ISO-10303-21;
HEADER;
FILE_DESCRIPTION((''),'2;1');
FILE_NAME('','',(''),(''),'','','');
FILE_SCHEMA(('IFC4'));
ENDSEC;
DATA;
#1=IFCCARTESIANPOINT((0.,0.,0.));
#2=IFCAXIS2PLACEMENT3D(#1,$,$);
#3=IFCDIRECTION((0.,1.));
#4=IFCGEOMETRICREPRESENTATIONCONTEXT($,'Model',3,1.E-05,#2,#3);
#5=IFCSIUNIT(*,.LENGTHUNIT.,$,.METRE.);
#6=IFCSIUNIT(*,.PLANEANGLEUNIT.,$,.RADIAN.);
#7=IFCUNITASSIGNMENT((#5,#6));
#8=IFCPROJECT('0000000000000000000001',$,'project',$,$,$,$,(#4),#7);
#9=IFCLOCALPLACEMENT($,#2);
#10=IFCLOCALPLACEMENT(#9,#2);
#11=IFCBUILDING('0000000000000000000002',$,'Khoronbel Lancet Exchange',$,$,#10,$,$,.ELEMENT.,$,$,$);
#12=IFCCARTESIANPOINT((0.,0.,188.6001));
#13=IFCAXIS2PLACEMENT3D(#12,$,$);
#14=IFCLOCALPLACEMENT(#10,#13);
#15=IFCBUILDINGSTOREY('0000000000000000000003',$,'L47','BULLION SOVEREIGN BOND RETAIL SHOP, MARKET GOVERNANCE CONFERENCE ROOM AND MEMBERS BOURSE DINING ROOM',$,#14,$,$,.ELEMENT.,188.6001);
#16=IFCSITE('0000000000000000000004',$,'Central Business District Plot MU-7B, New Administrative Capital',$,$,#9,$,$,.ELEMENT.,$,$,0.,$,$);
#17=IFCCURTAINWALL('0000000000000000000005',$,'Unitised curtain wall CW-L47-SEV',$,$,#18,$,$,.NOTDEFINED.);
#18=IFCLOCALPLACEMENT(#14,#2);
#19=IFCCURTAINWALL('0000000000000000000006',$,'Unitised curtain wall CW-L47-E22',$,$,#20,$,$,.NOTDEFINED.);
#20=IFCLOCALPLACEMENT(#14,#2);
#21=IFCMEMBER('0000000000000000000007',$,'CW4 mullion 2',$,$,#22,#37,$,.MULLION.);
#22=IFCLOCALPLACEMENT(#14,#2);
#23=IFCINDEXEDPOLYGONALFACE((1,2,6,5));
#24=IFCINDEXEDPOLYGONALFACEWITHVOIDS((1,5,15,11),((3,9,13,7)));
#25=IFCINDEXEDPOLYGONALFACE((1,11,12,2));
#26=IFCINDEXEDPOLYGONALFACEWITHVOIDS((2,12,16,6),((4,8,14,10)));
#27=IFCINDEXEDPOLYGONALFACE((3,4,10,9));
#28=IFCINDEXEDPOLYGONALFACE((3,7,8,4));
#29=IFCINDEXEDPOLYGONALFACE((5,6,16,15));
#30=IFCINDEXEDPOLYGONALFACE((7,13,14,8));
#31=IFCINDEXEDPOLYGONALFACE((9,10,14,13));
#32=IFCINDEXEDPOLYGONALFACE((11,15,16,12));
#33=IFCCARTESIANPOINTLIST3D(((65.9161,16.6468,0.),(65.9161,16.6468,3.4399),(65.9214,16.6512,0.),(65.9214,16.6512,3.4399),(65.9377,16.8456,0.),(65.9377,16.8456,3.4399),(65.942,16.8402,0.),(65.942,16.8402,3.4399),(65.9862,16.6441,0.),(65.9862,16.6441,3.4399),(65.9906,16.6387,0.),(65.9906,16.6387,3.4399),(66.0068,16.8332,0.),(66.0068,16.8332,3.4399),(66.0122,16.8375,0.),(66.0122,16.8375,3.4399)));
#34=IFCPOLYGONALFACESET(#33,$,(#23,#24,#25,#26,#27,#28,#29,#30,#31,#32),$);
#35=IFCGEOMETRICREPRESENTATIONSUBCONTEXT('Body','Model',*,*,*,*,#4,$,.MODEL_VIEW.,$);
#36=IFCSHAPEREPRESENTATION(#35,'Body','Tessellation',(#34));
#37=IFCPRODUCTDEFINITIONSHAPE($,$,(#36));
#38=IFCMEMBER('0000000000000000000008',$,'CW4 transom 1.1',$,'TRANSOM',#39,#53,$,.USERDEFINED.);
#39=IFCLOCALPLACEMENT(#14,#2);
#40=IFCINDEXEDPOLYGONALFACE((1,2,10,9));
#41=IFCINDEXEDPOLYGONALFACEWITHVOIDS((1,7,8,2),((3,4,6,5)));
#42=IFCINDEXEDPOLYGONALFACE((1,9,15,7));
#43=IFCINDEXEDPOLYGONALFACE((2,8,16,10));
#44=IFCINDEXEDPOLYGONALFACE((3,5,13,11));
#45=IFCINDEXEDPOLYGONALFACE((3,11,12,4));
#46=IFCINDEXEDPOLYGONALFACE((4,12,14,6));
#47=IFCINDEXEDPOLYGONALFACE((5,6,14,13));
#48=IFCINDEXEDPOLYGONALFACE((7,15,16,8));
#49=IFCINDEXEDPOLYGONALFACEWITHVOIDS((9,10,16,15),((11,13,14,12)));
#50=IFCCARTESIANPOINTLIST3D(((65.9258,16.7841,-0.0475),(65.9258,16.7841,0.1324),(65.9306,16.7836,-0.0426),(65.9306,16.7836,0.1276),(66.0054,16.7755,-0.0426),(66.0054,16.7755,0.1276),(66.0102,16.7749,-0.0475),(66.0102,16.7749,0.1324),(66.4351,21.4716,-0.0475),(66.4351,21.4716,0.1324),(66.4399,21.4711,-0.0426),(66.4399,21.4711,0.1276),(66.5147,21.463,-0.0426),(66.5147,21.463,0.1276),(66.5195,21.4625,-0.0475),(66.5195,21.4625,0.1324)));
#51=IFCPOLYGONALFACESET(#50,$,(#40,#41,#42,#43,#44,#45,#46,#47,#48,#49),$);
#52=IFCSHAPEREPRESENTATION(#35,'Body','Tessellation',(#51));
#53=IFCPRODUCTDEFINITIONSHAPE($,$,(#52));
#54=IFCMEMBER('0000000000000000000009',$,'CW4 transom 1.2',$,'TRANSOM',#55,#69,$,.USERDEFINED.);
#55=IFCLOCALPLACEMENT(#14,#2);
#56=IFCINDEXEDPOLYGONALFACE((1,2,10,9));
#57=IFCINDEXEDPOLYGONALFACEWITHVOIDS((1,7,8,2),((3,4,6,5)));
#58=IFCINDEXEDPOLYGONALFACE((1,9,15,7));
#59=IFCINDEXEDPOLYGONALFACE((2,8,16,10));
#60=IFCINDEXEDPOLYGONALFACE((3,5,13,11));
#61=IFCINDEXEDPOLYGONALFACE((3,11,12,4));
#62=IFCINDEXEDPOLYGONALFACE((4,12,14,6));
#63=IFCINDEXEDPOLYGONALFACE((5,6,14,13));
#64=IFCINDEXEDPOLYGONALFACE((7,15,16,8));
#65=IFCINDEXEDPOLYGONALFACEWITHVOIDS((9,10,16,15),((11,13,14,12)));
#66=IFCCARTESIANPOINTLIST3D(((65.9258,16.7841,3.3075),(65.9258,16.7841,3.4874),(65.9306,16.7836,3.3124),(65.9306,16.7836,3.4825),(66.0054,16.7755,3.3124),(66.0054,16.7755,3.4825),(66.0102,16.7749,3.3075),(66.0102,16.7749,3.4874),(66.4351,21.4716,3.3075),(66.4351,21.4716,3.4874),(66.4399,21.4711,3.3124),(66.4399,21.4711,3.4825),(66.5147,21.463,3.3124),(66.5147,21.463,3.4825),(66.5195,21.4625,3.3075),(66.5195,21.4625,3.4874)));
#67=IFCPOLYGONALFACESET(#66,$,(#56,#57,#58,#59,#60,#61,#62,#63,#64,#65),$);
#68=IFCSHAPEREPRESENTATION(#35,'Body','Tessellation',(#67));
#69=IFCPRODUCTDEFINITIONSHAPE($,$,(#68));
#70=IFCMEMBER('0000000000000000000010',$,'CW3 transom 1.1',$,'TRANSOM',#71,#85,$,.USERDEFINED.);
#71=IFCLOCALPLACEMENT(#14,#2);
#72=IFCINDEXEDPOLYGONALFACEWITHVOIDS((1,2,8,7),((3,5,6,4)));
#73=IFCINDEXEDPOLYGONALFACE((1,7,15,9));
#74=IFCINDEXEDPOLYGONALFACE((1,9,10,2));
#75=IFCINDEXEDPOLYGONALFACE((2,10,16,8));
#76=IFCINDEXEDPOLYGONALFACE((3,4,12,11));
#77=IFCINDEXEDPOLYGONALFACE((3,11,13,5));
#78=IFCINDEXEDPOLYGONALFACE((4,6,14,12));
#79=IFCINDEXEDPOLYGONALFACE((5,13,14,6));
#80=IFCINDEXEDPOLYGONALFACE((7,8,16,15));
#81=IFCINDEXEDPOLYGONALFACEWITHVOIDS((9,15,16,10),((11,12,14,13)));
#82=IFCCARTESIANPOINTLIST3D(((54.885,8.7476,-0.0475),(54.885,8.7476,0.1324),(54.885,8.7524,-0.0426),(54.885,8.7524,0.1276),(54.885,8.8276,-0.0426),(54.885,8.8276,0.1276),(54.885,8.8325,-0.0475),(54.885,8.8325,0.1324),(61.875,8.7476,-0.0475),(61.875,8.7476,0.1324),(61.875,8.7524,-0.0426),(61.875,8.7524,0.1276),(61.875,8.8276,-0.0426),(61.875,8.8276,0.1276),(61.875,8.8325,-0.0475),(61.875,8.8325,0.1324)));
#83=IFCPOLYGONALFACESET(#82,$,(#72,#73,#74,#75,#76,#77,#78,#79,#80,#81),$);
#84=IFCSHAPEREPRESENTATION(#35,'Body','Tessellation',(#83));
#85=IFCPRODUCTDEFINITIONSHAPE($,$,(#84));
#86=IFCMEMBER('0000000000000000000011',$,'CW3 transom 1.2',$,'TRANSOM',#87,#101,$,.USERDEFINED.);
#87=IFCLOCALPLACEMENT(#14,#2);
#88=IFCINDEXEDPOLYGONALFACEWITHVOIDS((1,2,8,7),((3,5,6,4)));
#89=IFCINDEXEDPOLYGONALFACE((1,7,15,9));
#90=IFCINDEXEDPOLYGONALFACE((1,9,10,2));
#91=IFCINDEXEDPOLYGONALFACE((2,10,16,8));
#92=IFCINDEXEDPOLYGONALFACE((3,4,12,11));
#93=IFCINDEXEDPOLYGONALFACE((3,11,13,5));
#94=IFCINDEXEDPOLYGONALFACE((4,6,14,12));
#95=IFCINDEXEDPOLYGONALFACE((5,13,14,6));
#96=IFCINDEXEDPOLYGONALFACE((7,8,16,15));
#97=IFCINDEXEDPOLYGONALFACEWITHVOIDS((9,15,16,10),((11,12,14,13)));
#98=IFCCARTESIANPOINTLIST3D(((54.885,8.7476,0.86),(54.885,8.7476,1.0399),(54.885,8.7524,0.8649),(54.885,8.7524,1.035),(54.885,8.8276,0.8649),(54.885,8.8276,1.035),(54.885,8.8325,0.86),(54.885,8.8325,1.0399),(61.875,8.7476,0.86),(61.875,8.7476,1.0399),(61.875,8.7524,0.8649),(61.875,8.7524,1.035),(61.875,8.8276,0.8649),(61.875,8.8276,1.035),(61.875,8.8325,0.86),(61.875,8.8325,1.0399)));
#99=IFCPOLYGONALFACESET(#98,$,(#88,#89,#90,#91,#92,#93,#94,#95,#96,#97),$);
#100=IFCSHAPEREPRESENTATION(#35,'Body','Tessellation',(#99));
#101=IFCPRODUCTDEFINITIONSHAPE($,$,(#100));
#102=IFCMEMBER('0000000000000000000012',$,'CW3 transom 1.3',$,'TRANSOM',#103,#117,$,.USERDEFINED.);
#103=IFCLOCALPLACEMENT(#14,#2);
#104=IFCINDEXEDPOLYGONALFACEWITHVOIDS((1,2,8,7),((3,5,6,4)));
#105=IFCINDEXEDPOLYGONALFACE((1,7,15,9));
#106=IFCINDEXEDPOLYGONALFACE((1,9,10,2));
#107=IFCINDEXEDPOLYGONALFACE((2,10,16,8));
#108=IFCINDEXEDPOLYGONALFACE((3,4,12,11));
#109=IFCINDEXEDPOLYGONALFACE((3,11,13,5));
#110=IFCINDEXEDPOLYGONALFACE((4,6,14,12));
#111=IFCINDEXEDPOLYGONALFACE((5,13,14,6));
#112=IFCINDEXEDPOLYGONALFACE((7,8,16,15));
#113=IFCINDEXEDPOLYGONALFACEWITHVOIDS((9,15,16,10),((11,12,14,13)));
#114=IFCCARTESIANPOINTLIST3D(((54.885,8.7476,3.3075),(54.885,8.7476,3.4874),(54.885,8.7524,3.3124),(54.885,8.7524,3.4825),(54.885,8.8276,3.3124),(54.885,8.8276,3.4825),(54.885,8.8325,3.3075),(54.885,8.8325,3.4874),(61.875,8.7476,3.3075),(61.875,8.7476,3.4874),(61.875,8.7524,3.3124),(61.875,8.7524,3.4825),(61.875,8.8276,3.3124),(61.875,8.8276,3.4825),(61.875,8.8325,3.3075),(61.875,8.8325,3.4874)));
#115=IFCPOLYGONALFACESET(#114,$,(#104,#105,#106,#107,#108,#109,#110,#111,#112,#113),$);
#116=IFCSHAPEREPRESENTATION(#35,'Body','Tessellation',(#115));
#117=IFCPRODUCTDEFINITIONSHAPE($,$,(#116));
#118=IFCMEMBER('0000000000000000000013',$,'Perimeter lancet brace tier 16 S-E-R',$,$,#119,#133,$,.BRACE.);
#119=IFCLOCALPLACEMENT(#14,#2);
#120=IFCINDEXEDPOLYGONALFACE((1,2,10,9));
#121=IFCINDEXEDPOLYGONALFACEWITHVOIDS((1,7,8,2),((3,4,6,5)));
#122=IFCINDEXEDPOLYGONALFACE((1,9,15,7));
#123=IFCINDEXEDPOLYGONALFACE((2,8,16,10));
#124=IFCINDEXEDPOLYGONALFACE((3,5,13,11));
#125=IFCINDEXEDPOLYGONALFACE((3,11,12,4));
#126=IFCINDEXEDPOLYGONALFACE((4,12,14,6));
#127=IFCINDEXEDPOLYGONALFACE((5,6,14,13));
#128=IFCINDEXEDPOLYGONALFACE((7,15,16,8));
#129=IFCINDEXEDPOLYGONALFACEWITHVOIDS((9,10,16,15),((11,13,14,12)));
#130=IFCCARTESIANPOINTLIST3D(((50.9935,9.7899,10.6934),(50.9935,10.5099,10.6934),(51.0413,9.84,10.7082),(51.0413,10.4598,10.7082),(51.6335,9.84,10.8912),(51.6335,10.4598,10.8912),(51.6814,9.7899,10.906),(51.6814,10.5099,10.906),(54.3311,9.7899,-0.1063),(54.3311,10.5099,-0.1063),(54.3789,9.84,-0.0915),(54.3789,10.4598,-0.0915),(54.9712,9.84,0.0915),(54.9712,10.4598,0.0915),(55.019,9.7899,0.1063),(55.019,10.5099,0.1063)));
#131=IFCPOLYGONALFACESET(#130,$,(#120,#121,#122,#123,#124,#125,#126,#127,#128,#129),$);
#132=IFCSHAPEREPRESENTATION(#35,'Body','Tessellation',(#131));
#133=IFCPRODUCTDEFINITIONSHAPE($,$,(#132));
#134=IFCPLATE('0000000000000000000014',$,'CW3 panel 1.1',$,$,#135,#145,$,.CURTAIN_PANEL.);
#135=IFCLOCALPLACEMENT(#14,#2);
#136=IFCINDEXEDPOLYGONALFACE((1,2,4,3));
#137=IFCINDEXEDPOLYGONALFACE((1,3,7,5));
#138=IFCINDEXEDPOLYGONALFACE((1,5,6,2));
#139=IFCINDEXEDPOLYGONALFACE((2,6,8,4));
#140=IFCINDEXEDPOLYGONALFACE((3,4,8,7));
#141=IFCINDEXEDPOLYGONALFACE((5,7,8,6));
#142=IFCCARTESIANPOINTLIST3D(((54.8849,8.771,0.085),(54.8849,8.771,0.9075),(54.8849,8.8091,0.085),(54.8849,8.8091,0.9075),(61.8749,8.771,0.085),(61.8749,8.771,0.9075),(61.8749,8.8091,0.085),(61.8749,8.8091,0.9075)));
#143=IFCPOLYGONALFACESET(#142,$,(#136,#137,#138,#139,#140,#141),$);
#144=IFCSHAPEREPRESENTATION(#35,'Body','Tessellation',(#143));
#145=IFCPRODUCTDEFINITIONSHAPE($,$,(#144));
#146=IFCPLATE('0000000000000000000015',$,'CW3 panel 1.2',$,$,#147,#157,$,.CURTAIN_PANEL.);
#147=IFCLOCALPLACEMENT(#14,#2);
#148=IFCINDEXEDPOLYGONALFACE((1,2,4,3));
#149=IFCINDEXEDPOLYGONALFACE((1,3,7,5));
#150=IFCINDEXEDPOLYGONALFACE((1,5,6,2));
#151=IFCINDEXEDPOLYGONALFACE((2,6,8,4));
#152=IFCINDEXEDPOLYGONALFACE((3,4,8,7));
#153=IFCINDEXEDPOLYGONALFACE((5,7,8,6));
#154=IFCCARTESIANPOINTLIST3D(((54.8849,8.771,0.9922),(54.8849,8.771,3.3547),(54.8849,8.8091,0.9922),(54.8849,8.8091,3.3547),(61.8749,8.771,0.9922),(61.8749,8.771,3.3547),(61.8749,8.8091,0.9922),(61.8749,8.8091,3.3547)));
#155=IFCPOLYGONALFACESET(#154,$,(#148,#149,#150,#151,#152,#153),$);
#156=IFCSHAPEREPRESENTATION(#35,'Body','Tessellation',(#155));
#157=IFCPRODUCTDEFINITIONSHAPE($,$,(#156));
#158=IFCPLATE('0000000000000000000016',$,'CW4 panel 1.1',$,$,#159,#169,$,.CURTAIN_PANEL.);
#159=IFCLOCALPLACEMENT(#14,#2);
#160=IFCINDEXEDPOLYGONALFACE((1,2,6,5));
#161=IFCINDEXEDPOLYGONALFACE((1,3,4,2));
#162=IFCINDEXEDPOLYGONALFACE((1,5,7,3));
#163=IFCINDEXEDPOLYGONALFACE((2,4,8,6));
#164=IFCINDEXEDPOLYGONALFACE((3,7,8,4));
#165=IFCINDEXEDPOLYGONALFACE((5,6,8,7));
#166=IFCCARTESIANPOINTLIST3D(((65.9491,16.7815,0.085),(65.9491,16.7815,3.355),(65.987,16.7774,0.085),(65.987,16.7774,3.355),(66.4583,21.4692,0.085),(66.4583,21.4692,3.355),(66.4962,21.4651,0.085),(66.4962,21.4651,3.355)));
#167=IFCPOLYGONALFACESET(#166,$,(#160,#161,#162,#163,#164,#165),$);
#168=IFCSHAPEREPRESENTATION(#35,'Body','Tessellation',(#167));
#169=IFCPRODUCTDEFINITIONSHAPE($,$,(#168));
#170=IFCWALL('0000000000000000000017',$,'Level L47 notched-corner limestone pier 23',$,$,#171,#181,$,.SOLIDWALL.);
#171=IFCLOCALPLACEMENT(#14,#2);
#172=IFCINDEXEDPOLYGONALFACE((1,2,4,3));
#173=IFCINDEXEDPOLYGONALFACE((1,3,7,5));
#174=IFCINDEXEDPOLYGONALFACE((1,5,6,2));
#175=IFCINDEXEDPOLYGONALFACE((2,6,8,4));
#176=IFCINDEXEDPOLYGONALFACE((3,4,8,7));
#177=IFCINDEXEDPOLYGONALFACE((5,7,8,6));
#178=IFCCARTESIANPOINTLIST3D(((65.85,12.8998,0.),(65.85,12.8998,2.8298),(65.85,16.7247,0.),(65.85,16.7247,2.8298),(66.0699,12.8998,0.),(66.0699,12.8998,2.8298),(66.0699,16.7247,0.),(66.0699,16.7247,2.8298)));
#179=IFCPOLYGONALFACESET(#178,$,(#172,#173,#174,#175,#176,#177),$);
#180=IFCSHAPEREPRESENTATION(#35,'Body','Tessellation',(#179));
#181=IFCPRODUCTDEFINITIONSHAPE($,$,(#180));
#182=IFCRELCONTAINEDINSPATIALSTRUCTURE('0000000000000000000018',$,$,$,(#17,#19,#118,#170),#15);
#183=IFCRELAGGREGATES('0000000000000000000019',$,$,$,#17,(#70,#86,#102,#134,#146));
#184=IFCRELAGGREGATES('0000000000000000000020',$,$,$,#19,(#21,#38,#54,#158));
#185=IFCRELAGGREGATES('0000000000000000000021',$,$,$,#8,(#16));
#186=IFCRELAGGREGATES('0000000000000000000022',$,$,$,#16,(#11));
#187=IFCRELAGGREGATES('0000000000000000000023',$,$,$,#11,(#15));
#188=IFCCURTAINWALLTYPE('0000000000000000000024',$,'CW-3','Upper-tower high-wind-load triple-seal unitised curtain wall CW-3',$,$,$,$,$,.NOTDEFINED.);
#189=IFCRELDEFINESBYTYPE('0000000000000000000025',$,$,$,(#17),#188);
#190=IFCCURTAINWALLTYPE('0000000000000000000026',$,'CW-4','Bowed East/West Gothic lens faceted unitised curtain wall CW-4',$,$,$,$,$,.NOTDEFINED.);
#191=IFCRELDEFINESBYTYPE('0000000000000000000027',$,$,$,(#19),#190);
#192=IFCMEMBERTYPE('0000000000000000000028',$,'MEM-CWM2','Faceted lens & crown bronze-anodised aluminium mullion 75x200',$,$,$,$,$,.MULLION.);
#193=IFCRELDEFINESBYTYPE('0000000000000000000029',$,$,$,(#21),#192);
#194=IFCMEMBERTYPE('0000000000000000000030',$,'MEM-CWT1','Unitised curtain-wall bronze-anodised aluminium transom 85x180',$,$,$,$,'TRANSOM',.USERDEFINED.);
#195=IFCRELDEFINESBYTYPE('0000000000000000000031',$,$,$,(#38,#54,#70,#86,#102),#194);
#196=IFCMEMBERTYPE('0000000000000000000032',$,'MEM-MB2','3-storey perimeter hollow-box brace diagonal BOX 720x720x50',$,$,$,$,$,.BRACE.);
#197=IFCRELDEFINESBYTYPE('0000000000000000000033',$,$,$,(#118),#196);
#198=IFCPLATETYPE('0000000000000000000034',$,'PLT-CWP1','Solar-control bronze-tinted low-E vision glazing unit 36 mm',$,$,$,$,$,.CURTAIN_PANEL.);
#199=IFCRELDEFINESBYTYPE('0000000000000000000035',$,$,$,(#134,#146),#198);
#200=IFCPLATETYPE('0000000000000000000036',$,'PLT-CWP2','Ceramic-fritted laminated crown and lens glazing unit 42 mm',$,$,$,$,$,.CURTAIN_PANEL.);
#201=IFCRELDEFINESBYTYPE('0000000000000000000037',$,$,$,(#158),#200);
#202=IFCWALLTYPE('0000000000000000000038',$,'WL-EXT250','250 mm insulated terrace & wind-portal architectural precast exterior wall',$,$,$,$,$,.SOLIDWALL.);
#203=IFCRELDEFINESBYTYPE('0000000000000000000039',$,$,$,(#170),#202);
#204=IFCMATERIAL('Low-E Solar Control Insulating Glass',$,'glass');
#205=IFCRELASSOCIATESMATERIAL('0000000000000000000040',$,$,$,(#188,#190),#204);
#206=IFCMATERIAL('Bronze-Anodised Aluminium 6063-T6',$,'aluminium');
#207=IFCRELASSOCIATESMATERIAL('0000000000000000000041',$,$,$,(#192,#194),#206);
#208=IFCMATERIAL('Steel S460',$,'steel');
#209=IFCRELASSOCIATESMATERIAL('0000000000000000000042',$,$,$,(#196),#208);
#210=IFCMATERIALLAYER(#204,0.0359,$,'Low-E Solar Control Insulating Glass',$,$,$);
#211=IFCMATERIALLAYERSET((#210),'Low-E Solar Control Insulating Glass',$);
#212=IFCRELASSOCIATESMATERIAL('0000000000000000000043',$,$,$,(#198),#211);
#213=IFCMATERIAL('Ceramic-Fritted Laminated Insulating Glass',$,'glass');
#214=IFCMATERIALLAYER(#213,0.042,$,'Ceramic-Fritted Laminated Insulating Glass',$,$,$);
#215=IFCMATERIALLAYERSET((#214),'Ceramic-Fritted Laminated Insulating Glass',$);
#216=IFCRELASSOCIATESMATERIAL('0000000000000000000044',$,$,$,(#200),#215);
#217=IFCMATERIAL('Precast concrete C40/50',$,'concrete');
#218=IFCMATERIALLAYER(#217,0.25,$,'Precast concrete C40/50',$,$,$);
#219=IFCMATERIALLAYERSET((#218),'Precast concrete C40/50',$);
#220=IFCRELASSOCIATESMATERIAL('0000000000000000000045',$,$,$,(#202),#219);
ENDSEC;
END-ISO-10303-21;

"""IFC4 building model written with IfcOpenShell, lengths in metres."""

from ifc_helpers import new_model, si_unit, direction, frame, frame_2d, origin, origin_2d, place, context, subcontext, project, spatial, rectangle, hollow_rectangle, extrude, material, layer, layer_set, material_profile, profile_set, type_object, element, aggregate, save


model = new_model("IFC4")

# Units and contexts
model_context = context("Model", 3, precision=1e-05, world=origin(), true_north=direction((0.0, 1.0)))
body_context = subcontext(model_context, "Body", "Model", "MODEL_VIEW")
ifc_project = project(units=[si_unit("LENGTHUNIT", "METRE"), si_unit("PLANEANGLEUNIT", "RADIAN")], contexts=[model_context])

# Site, building, storey
site_placement = place(None, origin())
site = spatial("IfcSite", under=ifc_project, at=site_placement, Name="Central Business District Plot MU-7B, New Administrative Capital", CompositionType="ELEMENT", RefElevation=0.0)
building_placement = place(site_placement, origin())
building = spatial("IfcBuilding", under=site, at=building_placement, Name="Khoronbel Lancet Exchange", CompositionType="ELEMENT")
storey_placement = place(building_placement, frame((0.0, 0.0, 188.6001)))
storey = spatial("IfcBuildingStorey", under=building, at=storey_placement, Name="L47", Description="BULLION SOVEREIGN BOND RETAIL SHOP, MARKET GOVERNANCE CONFERENCE ROOM AND MEMBERS BOURSE DINING ROOM", CompositionType="ELEMENT", Elevation=188.6001)

# Shared definitions
ifc_material_1 = material(Name="Steel S460", Category="steel")

# Shared definitions
ifc_material_2 = material(Name="Low-E Solar Control Insulating Glass", Category="glass")
curtain_wall_type_1 = type_object("IfcCurtainWallType", Name="CW-3", Description="Upper-tower high-wind-load triple-seal unitised curtain wall CW-3", PredefinedType="NOTDEFINED", material=ifc_material_2)
ifc_material_3 = material(Name="Bronze-Anodised Aluminium 6063-T6", Category="aluminium")

# Curtain wall
curtain_wall_1_placement = place(storey_placement, origin())
curtain_wall_1 = element("IfcCurtainWall", 1, at=curtain_wall_1_placement, inside=storey, type_object=curtain_wall_type_1, Name="Unitised curtain wall CW-L47-SEV", PredefinedType="NOTDEFINED")

# Shared definitions
curtain_wall_type_2 = type_object("IfcCurtainWallType", Name="CW-4", Description="Bowed East/West Gothic lens faceted unitised curtain wall CW-4", PredefinedType="NOTDEFINED", material=ifc_material_2)
ifc_material_profile_1 = material_profile(ifc_material_3, hollow_rectangle(XDim=0.075, YDim=0.2, WallThickness=0.0049, at=origin_2d()), Name="ALU MULLION 75x200")
ifc_profile_set_1 = profile_set([ifc_material_profile_1], Name="Bronze-Anodised Aluminium 6063-T6")
member_type_1 = type_object("IfcMemberType", Name="MEM-CWM2", Description="Faceted lens & crown bronze-anodised aluminium mullion 75x200", PredefinedType="MULLION", material=ifc_profile_set_1)

# Curtain wall, members
curtain_wall_2_placement = place(storey_placement, origin())
curtain_wall_2 = element("IfcCurtainWall", 2, at=curtain_wall_2_placement, inside=storey, type_object=curtain_wall_type_2, Name="Unitised curtain wall CW-L47-E22", PredefinedType="NOTDEFINED")
member_1_placement = place(storey_placement, frame((65.9641, 16.7422, 0.0), z_axis=(0.0, 0.0, 1.0), x_axis=(0.994152, -0.10799, 0.0)))
member_1 = element("IfcMember", 3, at=member_1_placement, type_object=member_type_1, Name="CW4 mullion 2", PredefinedType="MULLION", context=body_context, shape_type="SweptSolid", body=[
    extrude(hollow_rectangle(XDim=0.075, YDim=0.2, WallThickness=0.0049, at=origin_2d()), origin(), (0.0, 0.0, 1.0), 3.4399),
])
ifc_material_profile_2 = material_profile(ifc_material_3, hollow_rectangle(XDim=0.085, YDim=0.1799, WallThickness=0.0049, at=origin_2d()), Name="ALU TRANSOM 85x180")
ifc_profile_set_2 = profile_set([ifc_material_profile_2], Name="Bronze-Anodised Aluminium 6063-T6")
member_type_2 = type_object("IfcMemberType", Name="MEM-CWT1", Description="Unitised curtain-wall bronze-anodised aluminium transom 85x180", ElementType="TRANSOM", PredefinedType="USERDEFINED", material=ifc_profile_set_2)
member_2_placement = place(storey_placement, frame((66.4773, 21.467, 0.0425), z_axis=(-0.10801, -0.99415, 0.0), x_axis=(0.99415, -0.10801, 0.0)))
member_2 = element("IfcMember", 4, at=member_2_placement, type_object=member_type_2, Name="CW4 transom 1.1", ObjectType="TRANSOM", PredefinedType="USERDEFINED", context=body_context, shape_type="SweptSolid", body=[
    extrude(hollow_rectangle(XDim=0.085, YDim=0.1799, WallThickness=0.0049, at=origin_2d()), origin(), (0.0, 0.0, 1.0), 4.7151),
])
member_3_placement = place(storey_placement, frame((66.4773, 21.467, 3.3975), z_axis=(-0.10801, -0.99415, 0.0), x_axis=(0.99415, -0.10801, 0.0)))
member_3 = element("IfcMember", 5, at=member_3_placement, type_object=member_type_2, Name="CW4 transom 1.2", ObjectType="TRANSOM", PredefinedType="USERDEFINED", context=body_context, shape_type="SweptSolid", body=[
    extrude(hollow_rectangle(XDim=0.085, YDim=0.1799, WallThickness=0.0049, at=origin_2d()), origin(), (0.0, 0.0, 1.0), 4.7151),
])

# Members
member_4_placement = place(storey_placement, frame((54.885, 8.79, 0.0425), z_axis=(1.0, 0.0, 0.0), x_axis=(0.0, 1.0, 0.0)))
member_4 = element("IfcMember", 6, at=member_4_placement, type_object=member_type_2, Name="CW3 transom 1.1", ObjectType="TRANSOM", PredefinedType="USERDEFINED", context=body_context, shape_type="SweptSolid", body=[
    extrude(hollow_rectangle(XDim=0.085, YDim=0.1799, WallThickness=0.0049, at=origin_2d()), origin(), (0.0, 0.0, 1.0), 6.99),
])
member_5_placement = place(storey_placement, frame((54.885, 8.79, 0.95), z_axis=(1.0, 0.0, 0.0), x_axis=(0.0, 1.0, 0.0)))
member_5 = element("IfcMember", 7, at=member_5_placement, type_object=member_type_2, Name="CW3 transom 1.2", ObjectType="TRANSOM", PredefinedType="USERDEFINED", context=body_context, shape_type="SweptSolid", body=[
    extrude(hollow_rectangle(XDim=0.085, YDim=0.1799, WallThickness=0.0049, at=origin_2d()), origin(), (0.0, 0.0, 1.0), 6.99),
])
member_6_placement = place(storey_placement, frame((54.885, 8.79, 3.3975), z_axis=(1.0, 0.0, 0.0), x_axis=(0.0, 1.0, 0.0)))
member_6 = element("IfcMember", 8, at=member_6_placement, type_object=member_type_2, Name="CW3 transom 1.3", ObjectType="TRANSOM", PredefinedType="USERDEFINED", context=body_context, shape_type="SweptSolid", body=[
    extrude(hollow_rectangle(XDim=0.085, YDim=0.1799, WallThickness=0.0049, at=origin_2d()), origin(), (0.0, 0.0, 1.0), 6.99),
])
ifc_material_profile_3 = material_profile(ifc_material_1, hollow_rectangle(XDim=0.72, YDim=0.72, WallThickness=0.05, at=origin_2d()), Name="BOX 720x720x50")
ifc_profile_set_3 = profile_set([ifc_material_profile_3], Name="Steel S460")
member_type_3 = type_object("IfcMemberType", Name="MEM-MB2", Description="3-storey perimeter hollow-box brace diagonal BOX 720x720x50", PredefinedType="BRACE", material=ifc_profile_set_3)
member_7_placement = place(storey_placement, frame((54.675, 10.1499, 0.0), z_axis=(-0.295268, 0.0, 0.955414), x_axis=(0.0, -1.0, 0.0)))
element("IfcMember", 9, at=member_7_placement, inside=storey, type_object=member_type_3, Name="Perimeter lancet brace tier 16 S-E-R", PredefinedType="BRACE", context=body_context, shape_type="SweptSolid", body=[
    extrude(hollow_rectangle(XDim=0.72, YDim=0.72, WallThickness=0.05, at=origin_2d()), origin(), (0.0, 0.0, 1.0), 11.3037),
])

# Plates
ifc_layer_1 = layer(ifc_material_2, 0.0359, Name="Low-E Solar Control Insulating Glass")
ifc_layer_set_1 = layer_set([ifc_layer_1], Name="Low-E Solar Control Insulating Glass")
plate_type_1 = type_object("IfcPlateType", Name="PLT-CWP1", Description="Solar-control bronze-tinted low-E vision glazing unit 36 mm", PredefinedType="CURTAIN_PANEL", material=ifc_layer_set_1)
plate_1_placement = place(storey_placement, frame((58.3799, 8.79, 0.085), z_axis=(0.0, 0.0, 1.0), x_axis=(1.0, 0.0, 0.0)))
plate_1 = element("IfcPlate", 10, at=plate_1_placement, type_object=plate_type_1, Name="CW3 panel 1.1", PredefinedType="CURTAIN_PANEL", context=body_context, shape_type="SweptSolid", body=[
    extrude(rectangle(XDim=6.99, YDim=0.0381, at=origin_2d()), origin(), (0.0, 0.0, 1.0), 0.8225),
])
plate_2_placement = place(storey_placement, frame((58.3799, 8.79, 0.9922), z_axis=(0.0, 0.0, 1.0), x_axis=(1.0, 0.0, 0.0)))
plate_2 = element("IfcPlate", 11, at=plate_2_placement, type_object=plate_type_1, Name="CW3 panel 1.2", PredefinedType="CURTAIN_PANEL", context=body_context, shape_type="SweptSolid", body=[
    extrude(rectangle(XDim=6.99, YDim=0.0381, at=origin_2d()), origin(), (0.0, 0.0, 1.0), 2.3625),
])
aggregate(curtain_wall_1, [member_4, member_5, member_6, plate_1, plate_2])
ifc_material_4 = material(Name="Ceramic-Fritted Laminated Insulating Glass", Category="glass")
ifc_layer_2 = layer(ifc_material_4, 0.042, Name="Ceramic-Fritted Laminated Insulating Glass")
ifc_layer_set_2 = layer_set([ifc_layer_2], Name="Ceramic-Fritted Laminated Insulating Glass")
plate_type_2 = type_object("IfcPlateType", Name="PLT-CWP2", Description="Ceramic-fritted laminated crown and lens glazing unit 42 mm", PredefinedType="CURTAIN_PANEL", material=ifc_layer_set_2)
plate_3_placement = place(storey_placement, frame((66.2227, 19.1233, 0.085), z_axis=(0.0, 0.0, 1.0), x_axis=(-0.10799, -0.994152, 0.0)))
plate_3 = element("IfcPlate", 12, at=plate_3_placement, type_object=plate_type_2, Name="CW4 panel 1.1", PredefinedType="CURTAIN_PANEL", context=body_context, shape_type="SweptSolid", body=[
    extrude(rectangle(XDim=4.7153, YDim=0.0381, at=origin_2d()), origin(), (0.0, 0.0, 1.0), 3.27),
])
aggregate(curtain_wall_2, [member_1, member_2, member_3, plate_3])

# Wall
ifc_material_5 = material(Name="Precast concrete C40/50", Category="concrete")
ifc_layer_3 = layer(ifc_material_5, 0.25, Name="Precast concrete C40/50")
ifc_layer_set_3 = layer_set([ifc_layer_3], Name="Precast concrete C40/50")
wall_type_1 = type_object("IfcWallType", Name="WL-EXT250", Description="250 mm insulated terrace & wind-portal architectural precast exterior wall", PredefinedType="SOLIDWALL", material=ifc_layer_set_3)
wall_1_placement = place(storey_placement, frame((65.96, 16.7249, 0.0), z_axis=(0.0, 0.0, 1.0), x_axis=(0.0, -1.0, 0.0)))
element("IfcWall", 13, at=wall_1_placement, inside=storey, type_object=wall_type_1, Name="Level L47 notched-corner limestone pier 23", PredefinedType="SOLIDWALL", context=body_context, shape_type="SweptSolid", body=[
    extrude(rectangle(XDim=3.825, YDim=0.22, at=frame_2d((1.9126, 0.0))), origin(), (0.0, 0.0, 1.0), 2.8298),
])

save(model, "model.ifc")
